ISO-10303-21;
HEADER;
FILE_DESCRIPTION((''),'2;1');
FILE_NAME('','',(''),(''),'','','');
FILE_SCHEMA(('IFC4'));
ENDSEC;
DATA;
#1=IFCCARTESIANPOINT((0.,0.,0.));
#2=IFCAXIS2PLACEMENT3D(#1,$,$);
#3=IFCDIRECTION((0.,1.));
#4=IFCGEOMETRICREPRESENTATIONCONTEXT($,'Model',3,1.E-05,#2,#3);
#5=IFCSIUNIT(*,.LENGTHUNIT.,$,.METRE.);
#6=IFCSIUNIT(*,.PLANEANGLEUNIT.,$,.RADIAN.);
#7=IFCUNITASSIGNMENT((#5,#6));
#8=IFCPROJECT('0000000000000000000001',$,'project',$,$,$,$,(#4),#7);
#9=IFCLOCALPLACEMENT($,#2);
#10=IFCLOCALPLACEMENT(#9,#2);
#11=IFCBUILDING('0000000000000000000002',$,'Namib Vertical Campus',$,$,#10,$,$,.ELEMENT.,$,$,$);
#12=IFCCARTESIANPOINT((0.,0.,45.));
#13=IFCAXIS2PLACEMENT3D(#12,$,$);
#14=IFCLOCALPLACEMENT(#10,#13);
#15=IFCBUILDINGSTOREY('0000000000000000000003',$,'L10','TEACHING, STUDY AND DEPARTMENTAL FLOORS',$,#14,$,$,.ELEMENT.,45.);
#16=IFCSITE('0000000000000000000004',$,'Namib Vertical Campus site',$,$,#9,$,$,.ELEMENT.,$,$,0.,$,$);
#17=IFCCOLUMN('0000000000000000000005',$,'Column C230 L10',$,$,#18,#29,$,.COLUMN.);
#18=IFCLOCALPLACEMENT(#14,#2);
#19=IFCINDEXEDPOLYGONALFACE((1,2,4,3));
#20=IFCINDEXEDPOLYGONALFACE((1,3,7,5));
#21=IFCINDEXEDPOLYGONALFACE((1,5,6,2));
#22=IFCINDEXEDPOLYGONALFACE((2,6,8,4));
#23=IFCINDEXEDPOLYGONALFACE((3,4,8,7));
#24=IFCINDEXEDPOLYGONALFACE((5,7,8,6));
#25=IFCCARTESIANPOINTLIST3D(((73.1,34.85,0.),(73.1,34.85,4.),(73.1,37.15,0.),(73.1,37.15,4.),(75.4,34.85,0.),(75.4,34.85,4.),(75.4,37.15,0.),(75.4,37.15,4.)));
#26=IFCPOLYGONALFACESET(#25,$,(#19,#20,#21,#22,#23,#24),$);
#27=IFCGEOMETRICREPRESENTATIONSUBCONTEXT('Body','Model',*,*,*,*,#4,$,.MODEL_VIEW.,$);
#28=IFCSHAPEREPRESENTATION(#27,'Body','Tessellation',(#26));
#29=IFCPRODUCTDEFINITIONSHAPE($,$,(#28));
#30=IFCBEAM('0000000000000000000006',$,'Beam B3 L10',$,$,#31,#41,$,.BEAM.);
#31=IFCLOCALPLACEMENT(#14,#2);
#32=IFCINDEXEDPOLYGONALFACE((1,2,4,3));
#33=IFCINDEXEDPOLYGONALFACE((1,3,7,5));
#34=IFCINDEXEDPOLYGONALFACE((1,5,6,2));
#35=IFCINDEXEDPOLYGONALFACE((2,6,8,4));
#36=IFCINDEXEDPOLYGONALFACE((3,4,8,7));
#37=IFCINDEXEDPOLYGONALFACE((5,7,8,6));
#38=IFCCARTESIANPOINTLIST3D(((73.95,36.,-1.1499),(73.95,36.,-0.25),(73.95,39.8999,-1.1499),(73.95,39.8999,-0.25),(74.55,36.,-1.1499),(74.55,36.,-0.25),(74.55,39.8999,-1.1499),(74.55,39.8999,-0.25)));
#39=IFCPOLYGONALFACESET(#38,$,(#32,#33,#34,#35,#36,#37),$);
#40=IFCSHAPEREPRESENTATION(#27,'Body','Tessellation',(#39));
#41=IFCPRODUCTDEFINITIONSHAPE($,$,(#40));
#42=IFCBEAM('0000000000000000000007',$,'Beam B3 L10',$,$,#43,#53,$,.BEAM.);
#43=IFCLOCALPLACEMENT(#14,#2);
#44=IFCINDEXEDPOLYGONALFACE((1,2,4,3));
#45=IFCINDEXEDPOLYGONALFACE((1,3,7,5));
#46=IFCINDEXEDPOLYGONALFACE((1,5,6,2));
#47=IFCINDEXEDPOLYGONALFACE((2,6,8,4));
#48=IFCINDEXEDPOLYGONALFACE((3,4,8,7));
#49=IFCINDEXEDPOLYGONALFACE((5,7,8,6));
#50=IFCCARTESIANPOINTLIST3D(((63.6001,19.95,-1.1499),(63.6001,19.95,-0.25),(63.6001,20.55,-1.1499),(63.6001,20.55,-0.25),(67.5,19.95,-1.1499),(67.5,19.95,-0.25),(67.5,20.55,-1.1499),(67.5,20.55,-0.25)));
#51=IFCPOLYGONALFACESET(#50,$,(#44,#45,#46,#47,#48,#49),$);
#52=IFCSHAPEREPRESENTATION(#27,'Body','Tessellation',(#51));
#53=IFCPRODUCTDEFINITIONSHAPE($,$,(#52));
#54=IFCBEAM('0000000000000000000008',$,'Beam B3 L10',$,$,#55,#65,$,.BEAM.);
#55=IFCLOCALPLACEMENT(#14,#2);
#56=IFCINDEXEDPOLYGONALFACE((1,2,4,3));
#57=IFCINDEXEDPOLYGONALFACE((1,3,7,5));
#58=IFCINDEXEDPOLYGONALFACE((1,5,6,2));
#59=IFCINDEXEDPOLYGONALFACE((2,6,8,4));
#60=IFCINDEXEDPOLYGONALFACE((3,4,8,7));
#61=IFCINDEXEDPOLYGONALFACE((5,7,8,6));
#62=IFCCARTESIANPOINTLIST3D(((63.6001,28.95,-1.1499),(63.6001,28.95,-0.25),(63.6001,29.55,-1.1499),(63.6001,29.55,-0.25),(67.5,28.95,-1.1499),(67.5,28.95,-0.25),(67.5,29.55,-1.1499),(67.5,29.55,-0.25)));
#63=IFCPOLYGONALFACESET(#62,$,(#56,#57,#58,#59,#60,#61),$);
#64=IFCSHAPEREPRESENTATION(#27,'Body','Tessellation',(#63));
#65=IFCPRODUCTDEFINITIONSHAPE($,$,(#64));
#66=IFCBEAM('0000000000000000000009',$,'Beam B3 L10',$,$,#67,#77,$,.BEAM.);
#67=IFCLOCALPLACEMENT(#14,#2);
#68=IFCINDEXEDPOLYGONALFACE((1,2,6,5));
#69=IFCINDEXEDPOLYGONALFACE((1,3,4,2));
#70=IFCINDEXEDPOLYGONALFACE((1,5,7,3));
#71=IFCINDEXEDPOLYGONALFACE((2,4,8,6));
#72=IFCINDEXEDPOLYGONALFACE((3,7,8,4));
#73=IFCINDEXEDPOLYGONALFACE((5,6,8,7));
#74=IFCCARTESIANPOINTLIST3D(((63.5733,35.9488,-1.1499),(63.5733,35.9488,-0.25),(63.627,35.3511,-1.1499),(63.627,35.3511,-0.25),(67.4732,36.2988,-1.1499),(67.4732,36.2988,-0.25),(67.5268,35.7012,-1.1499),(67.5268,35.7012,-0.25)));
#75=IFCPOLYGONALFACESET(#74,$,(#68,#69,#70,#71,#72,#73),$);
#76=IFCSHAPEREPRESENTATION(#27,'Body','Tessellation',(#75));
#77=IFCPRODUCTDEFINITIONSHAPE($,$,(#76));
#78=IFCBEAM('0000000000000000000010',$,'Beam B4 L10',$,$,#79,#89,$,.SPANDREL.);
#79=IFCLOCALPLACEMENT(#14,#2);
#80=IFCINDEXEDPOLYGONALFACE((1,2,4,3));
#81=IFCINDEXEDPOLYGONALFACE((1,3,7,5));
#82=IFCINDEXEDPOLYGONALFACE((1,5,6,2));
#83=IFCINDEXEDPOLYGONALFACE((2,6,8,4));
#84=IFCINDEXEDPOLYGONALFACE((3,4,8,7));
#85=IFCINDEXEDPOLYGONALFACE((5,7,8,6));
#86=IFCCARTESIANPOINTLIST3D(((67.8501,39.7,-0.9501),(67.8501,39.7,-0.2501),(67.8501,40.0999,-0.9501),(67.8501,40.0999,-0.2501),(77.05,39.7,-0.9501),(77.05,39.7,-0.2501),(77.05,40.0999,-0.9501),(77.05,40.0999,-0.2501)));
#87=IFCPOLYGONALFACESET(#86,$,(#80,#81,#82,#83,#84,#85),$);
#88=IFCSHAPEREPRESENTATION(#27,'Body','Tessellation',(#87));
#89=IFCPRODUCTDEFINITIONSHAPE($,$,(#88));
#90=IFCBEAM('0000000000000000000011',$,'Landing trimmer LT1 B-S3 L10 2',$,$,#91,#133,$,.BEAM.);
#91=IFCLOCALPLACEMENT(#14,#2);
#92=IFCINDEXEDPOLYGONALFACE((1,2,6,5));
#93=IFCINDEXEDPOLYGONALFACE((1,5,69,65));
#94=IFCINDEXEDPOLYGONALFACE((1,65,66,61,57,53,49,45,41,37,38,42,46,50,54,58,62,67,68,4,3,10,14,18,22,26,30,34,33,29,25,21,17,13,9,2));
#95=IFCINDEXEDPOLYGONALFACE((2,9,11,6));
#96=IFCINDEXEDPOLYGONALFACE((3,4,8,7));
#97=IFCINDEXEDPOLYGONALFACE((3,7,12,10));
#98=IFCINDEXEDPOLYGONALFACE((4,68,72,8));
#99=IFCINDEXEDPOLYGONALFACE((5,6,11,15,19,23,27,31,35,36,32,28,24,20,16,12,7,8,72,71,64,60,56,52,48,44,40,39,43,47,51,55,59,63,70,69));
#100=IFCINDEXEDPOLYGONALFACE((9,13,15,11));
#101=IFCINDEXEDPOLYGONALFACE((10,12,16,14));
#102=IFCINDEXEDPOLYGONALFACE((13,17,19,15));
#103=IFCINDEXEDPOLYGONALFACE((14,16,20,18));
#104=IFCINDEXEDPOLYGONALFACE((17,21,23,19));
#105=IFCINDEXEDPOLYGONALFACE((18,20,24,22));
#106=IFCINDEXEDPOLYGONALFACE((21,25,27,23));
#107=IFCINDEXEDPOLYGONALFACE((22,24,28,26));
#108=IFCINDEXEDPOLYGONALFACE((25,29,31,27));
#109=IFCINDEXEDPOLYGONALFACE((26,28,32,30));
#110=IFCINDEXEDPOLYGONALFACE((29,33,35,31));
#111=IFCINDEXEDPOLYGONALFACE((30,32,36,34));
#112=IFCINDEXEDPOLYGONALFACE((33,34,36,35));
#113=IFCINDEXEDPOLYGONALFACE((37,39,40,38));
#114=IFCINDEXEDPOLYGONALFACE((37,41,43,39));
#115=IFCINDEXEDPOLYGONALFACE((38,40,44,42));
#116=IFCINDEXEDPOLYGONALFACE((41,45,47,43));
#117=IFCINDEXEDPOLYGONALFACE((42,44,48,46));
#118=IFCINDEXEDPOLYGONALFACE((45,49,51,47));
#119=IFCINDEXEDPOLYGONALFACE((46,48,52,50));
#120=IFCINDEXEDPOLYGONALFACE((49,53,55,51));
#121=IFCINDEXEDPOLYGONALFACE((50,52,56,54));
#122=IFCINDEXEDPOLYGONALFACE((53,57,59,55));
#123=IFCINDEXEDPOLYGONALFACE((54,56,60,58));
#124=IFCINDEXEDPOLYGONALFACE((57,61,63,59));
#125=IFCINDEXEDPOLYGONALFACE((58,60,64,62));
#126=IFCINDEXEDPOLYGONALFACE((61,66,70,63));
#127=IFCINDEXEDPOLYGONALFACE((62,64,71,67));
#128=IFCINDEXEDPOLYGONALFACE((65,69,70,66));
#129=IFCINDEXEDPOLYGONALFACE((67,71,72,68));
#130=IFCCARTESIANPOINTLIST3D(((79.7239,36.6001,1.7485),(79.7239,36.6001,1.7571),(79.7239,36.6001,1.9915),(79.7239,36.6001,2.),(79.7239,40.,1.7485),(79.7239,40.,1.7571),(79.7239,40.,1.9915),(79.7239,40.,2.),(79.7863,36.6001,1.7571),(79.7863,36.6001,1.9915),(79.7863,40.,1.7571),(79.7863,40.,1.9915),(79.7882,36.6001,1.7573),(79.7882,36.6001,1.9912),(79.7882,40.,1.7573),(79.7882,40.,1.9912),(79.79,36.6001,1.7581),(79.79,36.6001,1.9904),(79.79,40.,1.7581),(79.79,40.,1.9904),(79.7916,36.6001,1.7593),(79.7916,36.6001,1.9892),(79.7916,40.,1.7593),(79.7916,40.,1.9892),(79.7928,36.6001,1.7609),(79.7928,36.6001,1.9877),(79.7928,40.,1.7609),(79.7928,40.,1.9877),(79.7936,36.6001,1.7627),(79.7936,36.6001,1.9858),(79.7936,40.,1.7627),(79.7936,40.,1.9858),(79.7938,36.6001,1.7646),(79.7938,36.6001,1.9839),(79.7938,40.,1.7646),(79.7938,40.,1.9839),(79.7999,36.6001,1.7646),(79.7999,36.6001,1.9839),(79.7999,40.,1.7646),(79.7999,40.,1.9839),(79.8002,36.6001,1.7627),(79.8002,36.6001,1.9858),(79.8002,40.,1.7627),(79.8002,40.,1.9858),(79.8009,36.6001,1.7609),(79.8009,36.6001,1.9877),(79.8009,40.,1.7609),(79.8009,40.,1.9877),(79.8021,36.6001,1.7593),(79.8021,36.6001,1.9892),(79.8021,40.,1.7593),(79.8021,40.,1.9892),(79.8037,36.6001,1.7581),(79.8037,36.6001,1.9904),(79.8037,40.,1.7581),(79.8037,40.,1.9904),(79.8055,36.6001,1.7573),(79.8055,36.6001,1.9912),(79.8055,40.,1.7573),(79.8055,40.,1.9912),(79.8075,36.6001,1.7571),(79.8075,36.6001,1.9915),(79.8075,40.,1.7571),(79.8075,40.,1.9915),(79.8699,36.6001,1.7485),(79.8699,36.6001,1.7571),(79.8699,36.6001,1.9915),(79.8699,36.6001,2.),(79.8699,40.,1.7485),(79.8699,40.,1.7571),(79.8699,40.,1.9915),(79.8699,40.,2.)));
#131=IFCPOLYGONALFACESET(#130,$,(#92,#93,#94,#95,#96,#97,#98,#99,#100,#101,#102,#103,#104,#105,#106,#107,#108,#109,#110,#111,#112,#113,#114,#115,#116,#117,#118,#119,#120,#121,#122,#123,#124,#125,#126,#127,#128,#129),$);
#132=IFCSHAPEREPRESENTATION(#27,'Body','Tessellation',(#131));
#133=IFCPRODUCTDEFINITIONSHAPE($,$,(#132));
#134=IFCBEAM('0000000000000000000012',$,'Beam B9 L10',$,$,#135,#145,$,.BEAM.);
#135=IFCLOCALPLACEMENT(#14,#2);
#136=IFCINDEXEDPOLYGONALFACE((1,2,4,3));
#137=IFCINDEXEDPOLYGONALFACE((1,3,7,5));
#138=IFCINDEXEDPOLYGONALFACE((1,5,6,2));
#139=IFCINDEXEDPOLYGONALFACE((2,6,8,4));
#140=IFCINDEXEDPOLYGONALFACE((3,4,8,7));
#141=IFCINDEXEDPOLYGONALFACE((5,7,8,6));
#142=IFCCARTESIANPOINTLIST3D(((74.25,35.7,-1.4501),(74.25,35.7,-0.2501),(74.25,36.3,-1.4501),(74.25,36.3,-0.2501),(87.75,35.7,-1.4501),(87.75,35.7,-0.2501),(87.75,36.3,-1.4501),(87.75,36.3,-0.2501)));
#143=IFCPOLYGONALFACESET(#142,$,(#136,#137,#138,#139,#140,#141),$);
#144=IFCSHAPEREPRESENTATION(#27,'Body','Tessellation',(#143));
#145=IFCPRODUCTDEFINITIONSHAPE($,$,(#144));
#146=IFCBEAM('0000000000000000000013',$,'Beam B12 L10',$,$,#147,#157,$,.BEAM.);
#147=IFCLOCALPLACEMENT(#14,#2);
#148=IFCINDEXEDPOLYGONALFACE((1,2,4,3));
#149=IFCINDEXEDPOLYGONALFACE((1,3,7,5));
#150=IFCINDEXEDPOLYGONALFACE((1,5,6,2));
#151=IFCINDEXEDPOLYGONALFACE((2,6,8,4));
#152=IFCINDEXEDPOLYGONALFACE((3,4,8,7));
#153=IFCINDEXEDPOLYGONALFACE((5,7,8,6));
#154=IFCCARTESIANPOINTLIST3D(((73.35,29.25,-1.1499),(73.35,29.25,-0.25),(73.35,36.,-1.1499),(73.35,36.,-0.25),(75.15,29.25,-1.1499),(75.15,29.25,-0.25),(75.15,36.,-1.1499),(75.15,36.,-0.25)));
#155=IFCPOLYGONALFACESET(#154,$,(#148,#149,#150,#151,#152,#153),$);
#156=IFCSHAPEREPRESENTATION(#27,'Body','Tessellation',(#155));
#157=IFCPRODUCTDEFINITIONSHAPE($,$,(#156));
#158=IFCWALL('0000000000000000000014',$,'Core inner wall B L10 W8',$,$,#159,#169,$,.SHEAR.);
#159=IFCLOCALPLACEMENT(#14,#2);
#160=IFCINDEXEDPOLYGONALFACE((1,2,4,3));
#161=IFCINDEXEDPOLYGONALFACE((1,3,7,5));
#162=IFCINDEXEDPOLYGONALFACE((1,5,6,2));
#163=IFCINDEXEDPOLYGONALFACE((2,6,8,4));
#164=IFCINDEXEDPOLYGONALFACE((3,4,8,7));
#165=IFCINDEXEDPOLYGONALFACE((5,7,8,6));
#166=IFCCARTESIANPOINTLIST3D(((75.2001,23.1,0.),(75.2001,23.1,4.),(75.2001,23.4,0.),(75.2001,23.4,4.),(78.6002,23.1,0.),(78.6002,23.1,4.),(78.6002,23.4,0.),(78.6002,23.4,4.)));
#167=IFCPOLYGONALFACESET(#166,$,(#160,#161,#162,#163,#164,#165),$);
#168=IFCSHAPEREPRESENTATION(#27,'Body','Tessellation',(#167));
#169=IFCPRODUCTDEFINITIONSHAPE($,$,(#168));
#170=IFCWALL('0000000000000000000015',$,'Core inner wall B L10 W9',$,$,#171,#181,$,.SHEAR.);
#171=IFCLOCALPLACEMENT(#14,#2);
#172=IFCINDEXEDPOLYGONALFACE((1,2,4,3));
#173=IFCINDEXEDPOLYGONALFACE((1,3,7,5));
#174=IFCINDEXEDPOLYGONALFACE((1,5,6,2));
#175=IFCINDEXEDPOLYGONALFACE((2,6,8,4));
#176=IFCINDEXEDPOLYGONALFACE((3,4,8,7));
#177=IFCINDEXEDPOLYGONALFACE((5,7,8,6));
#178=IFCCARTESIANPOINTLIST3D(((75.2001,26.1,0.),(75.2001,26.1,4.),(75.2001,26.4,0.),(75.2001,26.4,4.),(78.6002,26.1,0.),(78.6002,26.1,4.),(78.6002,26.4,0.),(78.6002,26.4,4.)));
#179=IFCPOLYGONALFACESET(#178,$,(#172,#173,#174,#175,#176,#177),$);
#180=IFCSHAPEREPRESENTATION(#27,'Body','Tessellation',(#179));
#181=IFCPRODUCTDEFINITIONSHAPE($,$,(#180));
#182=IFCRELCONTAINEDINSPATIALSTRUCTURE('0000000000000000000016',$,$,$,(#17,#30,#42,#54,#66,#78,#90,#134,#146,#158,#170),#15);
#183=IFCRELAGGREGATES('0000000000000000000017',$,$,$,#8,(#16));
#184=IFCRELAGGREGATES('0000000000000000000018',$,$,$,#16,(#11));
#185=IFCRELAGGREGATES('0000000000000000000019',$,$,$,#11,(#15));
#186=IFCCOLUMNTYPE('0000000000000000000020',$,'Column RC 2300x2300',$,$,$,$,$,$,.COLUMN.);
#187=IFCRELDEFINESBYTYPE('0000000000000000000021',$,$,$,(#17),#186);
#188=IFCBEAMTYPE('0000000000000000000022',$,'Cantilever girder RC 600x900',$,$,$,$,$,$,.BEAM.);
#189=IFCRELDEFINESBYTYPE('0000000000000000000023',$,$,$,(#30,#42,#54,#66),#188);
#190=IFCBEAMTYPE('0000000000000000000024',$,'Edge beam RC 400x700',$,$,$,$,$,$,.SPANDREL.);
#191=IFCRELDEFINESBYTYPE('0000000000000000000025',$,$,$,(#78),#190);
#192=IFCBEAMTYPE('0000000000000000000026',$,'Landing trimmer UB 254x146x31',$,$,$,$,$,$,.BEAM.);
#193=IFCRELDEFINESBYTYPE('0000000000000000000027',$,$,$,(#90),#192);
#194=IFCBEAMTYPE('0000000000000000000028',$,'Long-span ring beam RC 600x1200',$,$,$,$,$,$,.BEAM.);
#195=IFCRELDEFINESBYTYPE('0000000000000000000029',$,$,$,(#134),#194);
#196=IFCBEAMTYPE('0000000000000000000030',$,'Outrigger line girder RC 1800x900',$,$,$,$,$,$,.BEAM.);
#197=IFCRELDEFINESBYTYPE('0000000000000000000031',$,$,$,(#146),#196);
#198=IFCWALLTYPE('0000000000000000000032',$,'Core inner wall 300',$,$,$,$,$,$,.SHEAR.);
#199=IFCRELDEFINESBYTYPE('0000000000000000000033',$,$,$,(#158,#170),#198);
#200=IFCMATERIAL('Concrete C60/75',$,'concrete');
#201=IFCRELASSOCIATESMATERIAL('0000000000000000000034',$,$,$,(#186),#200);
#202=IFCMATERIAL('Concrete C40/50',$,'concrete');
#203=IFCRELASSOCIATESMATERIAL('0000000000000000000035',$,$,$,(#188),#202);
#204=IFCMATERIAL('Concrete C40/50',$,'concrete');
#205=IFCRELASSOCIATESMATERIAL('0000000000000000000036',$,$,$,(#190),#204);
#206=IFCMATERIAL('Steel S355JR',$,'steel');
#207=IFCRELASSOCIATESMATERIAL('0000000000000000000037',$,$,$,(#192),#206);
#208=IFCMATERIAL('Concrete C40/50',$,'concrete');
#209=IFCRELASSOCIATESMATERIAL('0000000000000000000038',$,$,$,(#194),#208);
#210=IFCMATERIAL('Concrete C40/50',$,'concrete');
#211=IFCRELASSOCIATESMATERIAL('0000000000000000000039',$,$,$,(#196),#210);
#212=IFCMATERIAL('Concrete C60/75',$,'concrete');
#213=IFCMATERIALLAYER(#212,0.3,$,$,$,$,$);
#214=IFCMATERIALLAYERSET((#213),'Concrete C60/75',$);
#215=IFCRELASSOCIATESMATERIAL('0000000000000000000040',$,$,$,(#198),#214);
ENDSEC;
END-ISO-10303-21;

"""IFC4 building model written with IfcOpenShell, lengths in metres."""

from ifc_helpers import new_model, si_unit, direction, frame, frame_2d, origin, origin_2d, place, context, subcontext, project, spatial, rectangle, i_section, extrude, material, layer, layer_set, material_profile, profile_set, type_object, element, save


model = new_model("IFC4")

# Units and contexts
model_context = context("Model", 3, precision=1e-05, world=origin(), true_north=direction((0.0, 1.0)))
body_context = subcontext(model_context, "Body", "Model", "MODEL_VIEW")
ifc_project = project(units=[si_unit("LENGTHUNIT", "METRE"), si_unit("PLANEANGLEUNIT", "RADIAN")], contexts=[model_context])

# Site, building, storey
site_placement = place(None, origin())
site = spatial("IfcSite", under=ifc_project, at=site_placement, Name="Namib Vertical Campus site", CompositionType="ELEMENT", RefElevation=0.0)
building_placement = place(site_placement, origin())
building = spatial("IfcBuilding", under=site, at=building_placement, Name="Namib Vertical Campus", CompositionType="ELEMENT")
storey_placement = place(building_placement, frame((0.0, 0.0, 45.0)))
storey = spatial("IfcBuildingStorey", under=building, at=storey_placement, Name="L10", Description="TEACHING, STUDY AND DEPARTMENTAL FLOORS", CompositionType="ELEMENT", Elevation=45.0)

# Column
ifc_material_1 = material(Name="Concrete C60/75", Category="concrete")
ifc_material_profile_1 = material_profile(ifc_material_1, rectangle(XDim=2.3, YDim=2.3, at=origin_2d()))
ifc_profile_set_1 = profile_set([ifc_material_profile_1], Name="Concrete C60/75")
column_type = type_object("IfcColumnType", Name="Column RC 2300x2300", PredefinedType="COLUMN", material=ifc_profile_set_1)
column_placement = place(storey_placement, frame((74.25, 36.0, 0.0), z_axis=(0.0, 0.0, 1.0), x_axis=(1.0, 0.0, 0.0)))
element("IfcColumn", 1, at=column_placement, inside=storey, type_object=column_type, Name="Column C230 L10", PredefinedType="COLUMN", context=body_context, shape_type="SweptSolid", body=[
    extrude(rectangle(XDim=2.3, YDim=2.3, at=origin_2d()), origin(), (0.0, 0.0, 1.0), 4.0),
])

# Beams
ifc_material_2 = material(Name="Concrete C40/50", Category="concrete")
ifc_material_profile_2 = material_profile(ifc_material_2, rectangle(XDim=0.6001, YDim=0.8999, at=origin_2d()))
ifc_profile_set_2 = profile_set([ifc_material_profile_2], Name="Concrete C40/50")
beam_type_1 = type_object("IfcBeamType", Name="Cantilever girder RC 600x900", PredefinedType="BEAM", material=ifc_profile_set_2)
for number, where, z_axis, x_axis, name in (
    (2, (74.25, 36.0, -0.7), (0.0, 1.0, 0.0), (-1.0, 0.0, 0.0), "Beam B3 L10"),
    (3, (67.5, 20.25, -0.7), (-1.0, 0.0, 0.0), (0.0, -1.0, 0.0), "Beam B3 L10"),
    (4, (67.5, 29.25, -0.7), (-1.0, 0.0, 0.0), (0.0, -1.0, 0.0), "Beam B3 L10"),
):
    element("IfcBeam", number, at=place(storey_placement, frame(where, z_axis=z_axis, x_axis=x_axis)), inside=storey, type_object=beam_type_1, Name=name, PredefinedType="BEAM", context=body_context, shape_type="SweptSolid", body=[
        extrude(rectangle(XDim=0.6001, YDim=0.8999, at=origin_2d()), origin(), (0.0, 0.0, 1.0), 3.8999),
    ])
beam_1_placement = place(storey_placement, frame((67.5, 36.0, -0.7), z_axis=(-0.995995, -0.089411, 0.0), x_axis=(0.089411, -0.995995, 0.0)))
element("IfcBeam", 5, at=beam_1_placement, inside=storey, type_object=beam_type_1, Name="Beam B3 L10", PredefinedType="BEAM", context=body_context, shape_type="SweptSolid", body=[
    extrude(rectangle(XDim=0.6001, YDim=0.8999, at=origin_2d()), origin(), (0.0, 0.0, 1.0), 3.9155),
])
ifc_material_3 = material(Name="Concrete C40/50", Category="concrete")
ifc_material_profile_3 = material_profile(ifc_material_3, rectangle(XDim=0.3999, YDim=0.7, at=origin_2d()))
ifc_profile_set_3 = profile_set([ifc_material_profile_3], Name="Concrete C40/50")
beam_type_2 = type_object("IfcBeamType", Name="Edge beam RC 400x700", PredefinedType="SPANDREL", material=ifc_profile_set_3)
beam_2_placement = place(storey_placement, frame((67.8501, 39.8999, -0.6001), z_axis=(1.0, 0.0, 0.0), x_axis=(0.0, 1.0, 0.0)))
element("IfcBeam", 6, at=beam_2_placement, inside=storey, type_object=beam_type_2, Name="Beam B4 L10", PredefinedType="SPANDREL", context=body_context, shape_type="SweptSolid", body=[
    extrude(rectangle(XDim=0.3999, YDim=0.7, at=origin_2d()), origin(), (0.0, 0.0, 1.0), 9.2),
])
ifc_material_4 = material(Name="Steel S355JR", Category="steel")
ifc_material_profile_4 = material_profile(ifc_material_4, i_section(OverallWidth=0.146, OverallDepth=0.2515, WebThickness=0.0061, FlangeThickness=0.0085, FilletRadius=0.0076, at=origin_2d()))
ifc_profile_set_4 = profile_set([ifc_material_profile_4], Name="Steel S355JR")
beam_type_3 = type_object("IfcBeamType", Name="Landing trimmer UB 254x146x31", PredefinedType="BEAM", material=ifc_profile_set_4)
beam_3_placement = place(storey_placement, frame((79.7969, 36.6001, 1.8743), z_axis=(0.0, 1.0, 0.0), x_axis=(-1.0, 0.0, 0.0)))
element("IfcBeam", 7, at=beam_3_placement, inside=storey, type_object=beam_type_3, Name="Landing trimmer LT1 B-S3 L10 2", PredefinedType="BEAM", context=body_context, shape_type="SweptSolid", body=[
    extrude(i_section(OverallWidth=0.146, OverallDepth=0.2515, WebThickness=0.0061, FlangeThickness=0.0085, FilletRadius=0.0076, at=origin_2d()), origin(), (0.0, 0.0, 1.0), 3.3999),
])
ifc_material_5 = material(Name="Concrete C40/50", Category="concrete")
ifc_material_profile_5 = material_profile(ifc_material_5, rectangle(XDim=0.6001, YDim=1.2, at=origin_2d()))
ifc_profile_set_5 = profile_set([ifc_material_profile_5], Name="Concrete C40/50")
beam_type_4 = type_object("IfcBeamType", Name="Long-span ring beam RC 600x1200", PredefinedType="BEAM", material=ifc_profile_set_5)
beam_4_placement = place(storey_placement, frame((74.25, 36.0, -0.8501), z_axis=(1.0, 0.0, 0.0), x_axis=(0.0, 1.0, 0.0)))
element("IfcBeam", 8, at=beam_4_placement, inside=storey, type_object=beam_type_4, Name="Beam B9 L10", PredefinedType="BEAM", context=body_context, shape_type="SweptSolid", body=[
    extrude(rectangle(XDim=0.6001, YDim=1.2, at=origin_2d()), origin(), (0.0, 0.0, 1.0), 13.5),
])
ifc_material_6 = material(Name="Concrete C40/50", Category="concrete")
ifc_material_profile_6 = material_profile(ifc_material_6, rectangle(XDim=1.8, YDim=0.8999, at=origin_2d()))
ifc_profile_set_6 = profile_set([ifc_material_profile_6], Name="Concrete C40/50")
beam_type_5 = type_object("IfcBeamType", Name="Outrigger line girder RC 1800x900", PredefinedType="BEAM", material=ifc_profile_set_6)
beam_5_placement = place(storey_placement, frame((74.25, 36.0, -0.7), z_axis=(0.0, -1.0, 0.0), x_axis=(1.0, 0.0, 0.0)))
element("IfcBeam", 9, at=beam_5_placement, inside=storey, type_object=beam_type_5, Name="Beam B12 L10", PredefinedType="BEAM", context=body_context, shape_type="SweptSolid", body=[
    extrude(rectangle(XDim=1.8, YDim=0.8999, at=origin_2d()), origin(), (0.0, 0.0, 1.0), 6.75),
])

# Walls
ifc_material_7 = material(Name="Concrete C60/75", Category="concrete")
ifc_layer_1 = layer(ifc_material_7, 0.3)
ifc_layer_set_1 = layer_set([ifc_layer_1], Name="Concrete C60/75")
wall_type_1 = type_object("IfcWallType", Name="Core inner wall 300", PredefinedType="SHEAR", material=ifc_layer_set_1)
for number, where, z_axis, x_axis, name in (
    (10, (75.2, 23.25, 0.0), (0.0, 0.0, 1.0), (1.0, 0.0, 0.0), "Core inner wall B L10 W8"),
    (11, (75.2, 26.25, 0.0), (0.0, 0.0, 1.0), (1.0, 0.0, 0.0), "Core inner wall B L10 W9"),
):
    element("IfcWall", number, at=place(storey_placement, frame(where, z_axis=z_axis, x_axis=x_axis)), inside=storey, type_object=wall_type_1, Name=name, PredefinedType="SHEAR", context=body_context, shape_type="SweptSolid", body=[
        extrude(rectangle(XDim=3.4001, YDim=0.3, at=frame_2d((1.7002, 0.0))), origin(), (0.0, 0.0, 1.0), 4.0),
    ])

save(model, "model.ifc")
